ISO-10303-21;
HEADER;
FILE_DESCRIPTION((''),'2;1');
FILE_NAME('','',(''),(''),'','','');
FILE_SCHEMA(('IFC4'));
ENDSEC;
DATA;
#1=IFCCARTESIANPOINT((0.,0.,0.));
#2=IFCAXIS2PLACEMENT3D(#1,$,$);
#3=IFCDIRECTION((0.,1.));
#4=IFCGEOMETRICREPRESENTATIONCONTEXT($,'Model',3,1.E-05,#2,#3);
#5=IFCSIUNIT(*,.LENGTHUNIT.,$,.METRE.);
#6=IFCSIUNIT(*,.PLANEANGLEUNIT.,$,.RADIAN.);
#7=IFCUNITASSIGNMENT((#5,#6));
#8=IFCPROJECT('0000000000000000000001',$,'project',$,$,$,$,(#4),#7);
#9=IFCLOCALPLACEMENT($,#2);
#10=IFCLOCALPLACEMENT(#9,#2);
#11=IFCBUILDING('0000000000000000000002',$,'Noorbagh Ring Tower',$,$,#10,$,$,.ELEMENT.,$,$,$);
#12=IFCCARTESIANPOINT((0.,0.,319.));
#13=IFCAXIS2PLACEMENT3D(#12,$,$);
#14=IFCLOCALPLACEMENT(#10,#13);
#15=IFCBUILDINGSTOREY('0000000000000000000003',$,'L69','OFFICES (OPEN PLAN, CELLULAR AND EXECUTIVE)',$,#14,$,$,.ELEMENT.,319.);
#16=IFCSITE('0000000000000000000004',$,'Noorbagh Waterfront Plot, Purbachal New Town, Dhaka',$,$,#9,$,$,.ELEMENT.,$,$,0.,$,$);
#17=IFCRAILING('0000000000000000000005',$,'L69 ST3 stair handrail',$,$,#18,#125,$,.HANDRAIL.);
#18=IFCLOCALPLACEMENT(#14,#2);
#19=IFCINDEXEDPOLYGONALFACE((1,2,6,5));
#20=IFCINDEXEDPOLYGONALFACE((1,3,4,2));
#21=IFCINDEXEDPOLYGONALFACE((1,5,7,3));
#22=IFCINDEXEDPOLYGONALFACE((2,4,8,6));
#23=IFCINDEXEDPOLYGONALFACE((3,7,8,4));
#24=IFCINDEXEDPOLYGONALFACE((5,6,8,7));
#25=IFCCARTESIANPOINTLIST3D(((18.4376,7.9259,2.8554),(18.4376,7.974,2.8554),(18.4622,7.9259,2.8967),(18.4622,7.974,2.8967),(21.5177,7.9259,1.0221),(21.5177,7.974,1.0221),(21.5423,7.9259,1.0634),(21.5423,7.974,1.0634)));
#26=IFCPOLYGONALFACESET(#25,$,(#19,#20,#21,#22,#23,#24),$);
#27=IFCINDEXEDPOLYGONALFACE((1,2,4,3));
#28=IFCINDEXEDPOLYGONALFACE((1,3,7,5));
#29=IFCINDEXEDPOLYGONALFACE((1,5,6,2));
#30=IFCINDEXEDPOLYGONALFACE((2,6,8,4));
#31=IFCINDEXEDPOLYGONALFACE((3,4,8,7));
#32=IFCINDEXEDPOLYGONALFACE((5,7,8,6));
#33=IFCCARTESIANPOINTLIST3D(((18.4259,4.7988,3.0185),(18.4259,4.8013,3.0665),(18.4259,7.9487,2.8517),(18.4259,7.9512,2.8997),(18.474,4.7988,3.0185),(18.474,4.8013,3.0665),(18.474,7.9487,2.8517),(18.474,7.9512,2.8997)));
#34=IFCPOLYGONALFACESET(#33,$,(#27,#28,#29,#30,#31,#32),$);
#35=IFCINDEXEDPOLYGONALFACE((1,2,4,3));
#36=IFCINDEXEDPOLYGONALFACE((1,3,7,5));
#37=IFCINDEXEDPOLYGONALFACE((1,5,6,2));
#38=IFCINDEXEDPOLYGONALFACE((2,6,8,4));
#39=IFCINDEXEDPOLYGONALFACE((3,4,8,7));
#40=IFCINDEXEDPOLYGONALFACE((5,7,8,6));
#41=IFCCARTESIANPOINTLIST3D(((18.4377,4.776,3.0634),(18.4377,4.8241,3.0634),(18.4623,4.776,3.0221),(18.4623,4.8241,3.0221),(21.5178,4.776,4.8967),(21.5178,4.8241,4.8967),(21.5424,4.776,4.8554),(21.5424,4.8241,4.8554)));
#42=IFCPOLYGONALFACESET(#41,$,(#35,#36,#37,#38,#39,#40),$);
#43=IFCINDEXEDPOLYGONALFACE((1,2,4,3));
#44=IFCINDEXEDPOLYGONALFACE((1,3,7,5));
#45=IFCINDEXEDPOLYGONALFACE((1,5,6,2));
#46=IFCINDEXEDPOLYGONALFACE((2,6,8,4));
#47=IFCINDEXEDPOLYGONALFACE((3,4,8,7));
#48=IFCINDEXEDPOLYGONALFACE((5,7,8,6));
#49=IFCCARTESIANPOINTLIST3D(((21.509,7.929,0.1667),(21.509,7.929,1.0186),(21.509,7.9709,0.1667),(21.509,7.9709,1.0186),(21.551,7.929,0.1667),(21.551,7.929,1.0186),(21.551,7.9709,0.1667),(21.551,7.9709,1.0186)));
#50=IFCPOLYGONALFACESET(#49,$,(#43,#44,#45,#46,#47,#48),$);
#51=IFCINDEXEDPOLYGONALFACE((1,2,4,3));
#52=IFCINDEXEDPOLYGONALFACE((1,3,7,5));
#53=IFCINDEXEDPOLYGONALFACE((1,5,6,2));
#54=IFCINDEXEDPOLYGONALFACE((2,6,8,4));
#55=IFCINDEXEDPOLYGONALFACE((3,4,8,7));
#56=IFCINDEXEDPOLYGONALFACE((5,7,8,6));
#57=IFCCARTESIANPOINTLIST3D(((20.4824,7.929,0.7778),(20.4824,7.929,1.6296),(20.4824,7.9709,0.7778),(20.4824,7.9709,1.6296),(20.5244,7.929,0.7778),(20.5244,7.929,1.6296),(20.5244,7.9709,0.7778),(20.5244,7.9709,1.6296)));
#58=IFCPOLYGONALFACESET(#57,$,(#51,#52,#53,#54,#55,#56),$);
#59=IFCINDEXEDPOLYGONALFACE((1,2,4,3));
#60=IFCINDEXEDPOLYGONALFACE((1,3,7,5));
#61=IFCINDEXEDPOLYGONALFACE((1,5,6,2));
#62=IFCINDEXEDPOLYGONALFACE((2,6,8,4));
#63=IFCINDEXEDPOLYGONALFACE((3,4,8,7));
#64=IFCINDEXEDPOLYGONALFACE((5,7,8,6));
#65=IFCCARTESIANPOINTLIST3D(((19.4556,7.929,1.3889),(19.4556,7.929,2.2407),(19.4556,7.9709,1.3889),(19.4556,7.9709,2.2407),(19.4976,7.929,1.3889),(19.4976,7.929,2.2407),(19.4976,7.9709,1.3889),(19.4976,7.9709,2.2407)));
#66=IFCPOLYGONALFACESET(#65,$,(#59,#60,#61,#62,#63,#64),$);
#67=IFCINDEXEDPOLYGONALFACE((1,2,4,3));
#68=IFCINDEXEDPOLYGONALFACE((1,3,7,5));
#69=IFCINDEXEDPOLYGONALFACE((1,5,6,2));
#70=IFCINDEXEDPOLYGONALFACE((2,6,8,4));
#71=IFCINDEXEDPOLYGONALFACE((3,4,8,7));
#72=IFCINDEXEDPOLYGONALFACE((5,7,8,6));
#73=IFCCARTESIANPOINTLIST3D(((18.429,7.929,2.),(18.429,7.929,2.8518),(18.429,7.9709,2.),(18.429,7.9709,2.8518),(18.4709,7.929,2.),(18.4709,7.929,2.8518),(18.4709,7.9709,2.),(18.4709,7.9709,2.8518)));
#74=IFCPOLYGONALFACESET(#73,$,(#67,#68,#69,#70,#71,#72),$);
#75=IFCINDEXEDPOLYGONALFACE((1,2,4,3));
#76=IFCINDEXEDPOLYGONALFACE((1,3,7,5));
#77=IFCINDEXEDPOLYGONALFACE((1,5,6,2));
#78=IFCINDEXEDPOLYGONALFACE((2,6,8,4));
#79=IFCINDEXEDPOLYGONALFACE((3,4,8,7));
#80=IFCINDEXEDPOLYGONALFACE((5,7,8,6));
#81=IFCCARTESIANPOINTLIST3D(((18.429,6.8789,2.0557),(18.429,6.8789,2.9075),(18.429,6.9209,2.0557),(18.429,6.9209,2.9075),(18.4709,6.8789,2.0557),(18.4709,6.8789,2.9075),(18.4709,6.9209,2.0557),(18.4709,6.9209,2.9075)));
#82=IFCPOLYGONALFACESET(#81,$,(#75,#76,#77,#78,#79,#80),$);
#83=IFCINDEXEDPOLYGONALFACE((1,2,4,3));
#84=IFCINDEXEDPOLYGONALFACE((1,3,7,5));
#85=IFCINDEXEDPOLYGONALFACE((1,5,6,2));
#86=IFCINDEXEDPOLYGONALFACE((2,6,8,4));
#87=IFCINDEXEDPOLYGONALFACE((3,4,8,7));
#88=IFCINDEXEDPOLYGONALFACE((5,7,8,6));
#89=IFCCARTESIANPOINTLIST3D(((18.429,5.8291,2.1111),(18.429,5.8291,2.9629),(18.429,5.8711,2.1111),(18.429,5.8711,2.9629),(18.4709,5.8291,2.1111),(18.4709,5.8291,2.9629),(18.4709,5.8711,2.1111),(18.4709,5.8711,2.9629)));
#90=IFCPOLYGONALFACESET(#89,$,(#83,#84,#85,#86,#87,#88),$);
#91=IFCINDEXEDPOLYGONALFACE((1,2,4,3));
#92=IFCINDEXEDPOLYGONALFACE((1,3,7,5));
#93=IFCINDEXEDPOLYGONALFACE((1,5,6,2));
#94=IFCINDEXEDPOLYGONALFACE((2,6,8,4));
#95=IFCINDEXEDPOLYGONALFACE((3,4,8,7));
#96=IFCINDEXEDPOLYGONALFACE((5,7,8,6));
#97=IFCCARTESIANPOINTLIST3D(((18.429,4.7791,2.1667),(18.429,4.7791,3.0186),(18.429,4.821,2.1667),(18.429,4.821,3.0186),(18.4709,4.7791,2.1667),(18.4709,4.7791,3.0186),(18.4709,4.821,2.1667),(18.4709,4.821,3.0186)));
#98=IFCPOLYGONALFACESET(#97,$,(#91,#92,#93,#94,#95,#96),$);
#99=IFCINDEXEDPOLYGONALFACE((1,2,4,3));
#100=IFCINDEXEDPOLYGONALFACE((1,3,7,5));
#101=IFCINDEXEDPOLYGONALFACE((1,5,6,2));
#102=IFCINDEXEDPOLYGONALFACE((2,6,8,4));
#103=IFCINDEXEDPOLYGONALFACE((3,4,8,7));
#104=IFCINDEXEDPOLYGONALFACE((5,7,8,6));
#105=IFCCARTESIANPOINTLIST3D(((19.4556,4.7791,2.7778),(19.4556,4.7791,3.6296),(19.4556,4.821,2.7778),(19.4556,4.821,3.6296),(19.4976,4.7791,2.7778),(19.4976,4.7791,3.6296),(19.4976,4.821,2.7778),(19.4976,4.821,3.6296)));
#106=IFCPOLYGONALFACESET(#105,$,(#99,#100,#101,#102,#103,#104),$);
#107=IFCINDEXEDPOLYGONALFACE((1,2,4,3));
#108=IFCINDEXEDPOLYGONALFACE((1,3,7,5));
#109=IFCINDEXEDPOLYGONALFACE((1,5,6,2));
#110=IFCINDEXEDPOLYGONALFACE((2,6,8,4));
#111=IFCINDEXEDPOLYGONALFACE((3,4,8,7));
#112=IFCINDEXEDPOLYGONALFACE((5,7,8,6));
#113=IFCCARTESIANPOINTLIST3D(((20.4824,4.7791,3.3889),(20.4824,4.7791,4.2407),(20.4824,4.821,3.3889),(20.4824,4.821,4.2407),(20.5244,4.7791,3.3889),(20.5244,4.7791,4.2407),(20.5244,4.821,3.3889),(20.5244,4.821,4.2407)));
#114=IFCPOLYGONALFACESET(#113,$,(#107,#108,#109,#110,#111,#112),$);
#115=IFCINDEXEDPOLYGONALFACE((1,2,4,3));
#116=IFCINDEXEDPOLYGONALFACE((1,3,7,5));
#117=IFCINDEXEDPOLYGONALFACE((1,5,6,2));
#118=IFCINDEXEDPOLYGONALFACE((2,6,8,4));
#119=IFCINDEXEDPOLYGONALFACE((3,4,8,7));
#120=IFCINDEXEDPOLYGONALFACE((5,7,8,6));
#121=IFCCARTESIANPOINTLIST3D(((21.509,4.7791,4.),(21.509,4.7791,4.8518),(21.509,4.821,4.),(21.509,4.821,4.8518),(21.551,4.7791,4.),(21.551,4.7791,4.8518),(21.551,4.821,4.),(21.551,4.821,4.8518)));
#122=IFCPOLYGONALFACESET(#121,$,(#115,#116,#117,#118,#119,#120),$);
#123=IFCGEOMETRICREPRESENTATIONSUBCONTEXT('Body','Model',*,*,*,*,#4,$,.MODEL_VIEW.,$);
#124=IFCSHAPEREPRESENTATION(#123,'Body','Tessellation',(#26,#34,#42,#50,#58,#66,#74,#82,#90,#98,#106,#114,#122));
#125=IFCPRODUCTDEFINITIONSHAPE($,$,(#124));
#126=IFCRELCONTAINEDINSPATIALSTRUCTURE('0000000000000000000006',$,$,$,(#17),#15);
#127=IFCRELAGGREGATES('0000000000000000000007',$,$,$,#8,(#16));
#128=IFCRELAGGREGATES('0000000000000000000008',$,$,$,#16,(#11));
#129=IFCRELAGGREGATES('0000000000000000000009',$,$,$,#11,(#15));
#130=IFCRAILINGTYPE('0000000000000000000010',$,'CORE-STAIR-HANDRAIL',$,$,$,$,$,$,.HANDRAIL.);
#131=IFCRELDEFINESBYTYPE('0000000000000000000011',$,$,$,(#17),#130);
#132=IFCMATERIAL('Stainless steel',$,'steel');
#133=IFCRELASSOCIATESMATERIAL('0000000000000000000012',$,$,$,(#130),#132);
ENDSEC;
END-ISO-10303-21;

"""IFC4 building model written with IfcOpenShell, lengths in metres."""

from ifc_helpers import new_model, si_unit, direction, frame, origin, origin_2d, place, context, subcontext, project, spatial, rectangle, extrude, material, type_object, element, save


model = new_model("IFC4")

# Units and contexts
model_context = context("Model", 3, precision=1e-05, world=origin(), true_north=direction((0.0, 1.0)))
body_context = subcontext(model_context, "Body", "Model", "MODEL_VIEW")
ifc_project = project(units=[si_unit("LENGTHUNIT", "METRE"), si_unit("PLANEANGLEUNIT", "RADIAN")], contexts=[model_context])

# Site, building, storey
site_placement = place(None, origin())
site = spatial("IfcSite", under=ifc_project, at=site_placement, Name="Noorbagh Waterfront Plot, Purbachal New Town, Dhaka", CompositionType="ELEMENT", RefElevation=0.0)
building_placement = place(site_placement, origin())
building = spatial("IfcBuilding", under=site, at=building_placement, Name="Noorbagh Ring Tower", CompositionType="ELEMENT")
storey_placement = place(building_placement, frame((0.0, 0.0, 319.0)))
storey = spatial("IfcBuildingStorey", under=building, at=storey_placement, Name="L69", Description="OFFICES (OPEN PLAN, CELLULAR AND EXECUTIVE)", CompositionType="ELEMENT", Elevation=319.0)

# Railing
ifc_material_1 = material(Name="Stainless steel", Category="steel")
railing_type_1 = type_object("IfcRailingType", Name="CORE-STAIR-HANDRAIL", PredefinedType="HANDRAIL", material=ifc_material_1)
railing_1_placement = place(storey_placement, frame((21.53, 7.95, 0.1667)))
element("IfcRailing", 1, at=railing_1_placement, inside=storey, type_object=railing_type_1, Name="L69 ST3 stair handrail", PredefinedType="HANDRAIL", context=body_context, shape_type="SweptSolid", body=[
    extrude(rectangle(XDim=0.0481, YDim=0.0481, at=origin_2d()), frame((0.0, 0.0, 0.876), z_axis=(-0.859309, 0.0, 0.511458), x_axis=(0.0, -1.0, 0.0)), (0.0, 0.0, 1.0), 3.5845),
    extrude(rectangle(XDim=0.0481, YDim=0.0481, at=origin_2d()), frame((-3.0801, 0.0, 2.709), z_axis=(0.0, -0.998602, 0.052864), x_axis=(1.0, 0.0, 0.0)), (0.0, 0.0, 1.0), 3.1543),
    extrude(rectangle(XDim=0.0481, YDim=0.0481, at=origin_2d()), frame((-3.0801, -3.1499, 2.876), z_axis=(0.859309, 0.0, 0.511458), x_axis=(0.0, 1.0, 0.0)), (0.0, 0.0, 1.0), 3.5845),
    extrude(rectangle(XDim=0.042, YDim=0.042, at=origin_2d()), origin(), (0.0, 0.0, 1.0), 0.8518),
    extrude(rectangle(XDim=0.042, YDim=0.042, at=origin_2d()), frame((-1.0266, 0.0, 0.6111)), (0.0, 0.0, 1.0), 0.8518),
    extrude(rectangle(XDim=0.042, YDim=0.042, at=origin_2d()), frame((-2.0535, 0.0, 1.2222)), (0.0, 0.0, 1.0), 0.8518),
    extrude(rectangle(XDim=0.042, YDim=0.042, at=origin_2d()), frame((-3.0801, 0.0, 1.8333)), (0.0, 0.0, 1.0), 0.8518),
    extrude(rectangle(XDim=0.042, YDim=0.042, at=origin_2d()), frame((-3.0801, -1.05, 1.8889)), (0.0, 0.0, 1.0), 0.8518),
    extrude(rectangle(XDim=0.042, YDim=0.042, at=origin_2d()), frame((-3.0801, -2.0999, 1.9443)), (0.0, 0.0, 1.0), 0.8518),
    extrude(rectangle(XDim=0.042, YDim=0.042, at=origin_2d()), frame((-3.0801, -3.1499, 2.0)), (0.0, 0.0, 1.0), 0.8518),
    extrude(rectangle(XDim=0.042, YDim=0.042, at=origin_2d()), frame((-2.0535, -3.1499, 2.6111)), (0.0, 0.0, 1.0), 0.8518),
    extrude(rectangle(XDim=0.042, YDim=0.042, at=origin_2d()), frame((-1.0266, -3.1499, 3.2222)), (0.0, 0.0, 1.0), 0.8518),
    extrude(rectangle(XDim=0.042, YDim=0.042, at=origin_2d()), frame((0.0, -3.1499, 3.8333)), (0.0, 0.0, 1.0), 0.8518),
])

save(model, "model.ifc")
